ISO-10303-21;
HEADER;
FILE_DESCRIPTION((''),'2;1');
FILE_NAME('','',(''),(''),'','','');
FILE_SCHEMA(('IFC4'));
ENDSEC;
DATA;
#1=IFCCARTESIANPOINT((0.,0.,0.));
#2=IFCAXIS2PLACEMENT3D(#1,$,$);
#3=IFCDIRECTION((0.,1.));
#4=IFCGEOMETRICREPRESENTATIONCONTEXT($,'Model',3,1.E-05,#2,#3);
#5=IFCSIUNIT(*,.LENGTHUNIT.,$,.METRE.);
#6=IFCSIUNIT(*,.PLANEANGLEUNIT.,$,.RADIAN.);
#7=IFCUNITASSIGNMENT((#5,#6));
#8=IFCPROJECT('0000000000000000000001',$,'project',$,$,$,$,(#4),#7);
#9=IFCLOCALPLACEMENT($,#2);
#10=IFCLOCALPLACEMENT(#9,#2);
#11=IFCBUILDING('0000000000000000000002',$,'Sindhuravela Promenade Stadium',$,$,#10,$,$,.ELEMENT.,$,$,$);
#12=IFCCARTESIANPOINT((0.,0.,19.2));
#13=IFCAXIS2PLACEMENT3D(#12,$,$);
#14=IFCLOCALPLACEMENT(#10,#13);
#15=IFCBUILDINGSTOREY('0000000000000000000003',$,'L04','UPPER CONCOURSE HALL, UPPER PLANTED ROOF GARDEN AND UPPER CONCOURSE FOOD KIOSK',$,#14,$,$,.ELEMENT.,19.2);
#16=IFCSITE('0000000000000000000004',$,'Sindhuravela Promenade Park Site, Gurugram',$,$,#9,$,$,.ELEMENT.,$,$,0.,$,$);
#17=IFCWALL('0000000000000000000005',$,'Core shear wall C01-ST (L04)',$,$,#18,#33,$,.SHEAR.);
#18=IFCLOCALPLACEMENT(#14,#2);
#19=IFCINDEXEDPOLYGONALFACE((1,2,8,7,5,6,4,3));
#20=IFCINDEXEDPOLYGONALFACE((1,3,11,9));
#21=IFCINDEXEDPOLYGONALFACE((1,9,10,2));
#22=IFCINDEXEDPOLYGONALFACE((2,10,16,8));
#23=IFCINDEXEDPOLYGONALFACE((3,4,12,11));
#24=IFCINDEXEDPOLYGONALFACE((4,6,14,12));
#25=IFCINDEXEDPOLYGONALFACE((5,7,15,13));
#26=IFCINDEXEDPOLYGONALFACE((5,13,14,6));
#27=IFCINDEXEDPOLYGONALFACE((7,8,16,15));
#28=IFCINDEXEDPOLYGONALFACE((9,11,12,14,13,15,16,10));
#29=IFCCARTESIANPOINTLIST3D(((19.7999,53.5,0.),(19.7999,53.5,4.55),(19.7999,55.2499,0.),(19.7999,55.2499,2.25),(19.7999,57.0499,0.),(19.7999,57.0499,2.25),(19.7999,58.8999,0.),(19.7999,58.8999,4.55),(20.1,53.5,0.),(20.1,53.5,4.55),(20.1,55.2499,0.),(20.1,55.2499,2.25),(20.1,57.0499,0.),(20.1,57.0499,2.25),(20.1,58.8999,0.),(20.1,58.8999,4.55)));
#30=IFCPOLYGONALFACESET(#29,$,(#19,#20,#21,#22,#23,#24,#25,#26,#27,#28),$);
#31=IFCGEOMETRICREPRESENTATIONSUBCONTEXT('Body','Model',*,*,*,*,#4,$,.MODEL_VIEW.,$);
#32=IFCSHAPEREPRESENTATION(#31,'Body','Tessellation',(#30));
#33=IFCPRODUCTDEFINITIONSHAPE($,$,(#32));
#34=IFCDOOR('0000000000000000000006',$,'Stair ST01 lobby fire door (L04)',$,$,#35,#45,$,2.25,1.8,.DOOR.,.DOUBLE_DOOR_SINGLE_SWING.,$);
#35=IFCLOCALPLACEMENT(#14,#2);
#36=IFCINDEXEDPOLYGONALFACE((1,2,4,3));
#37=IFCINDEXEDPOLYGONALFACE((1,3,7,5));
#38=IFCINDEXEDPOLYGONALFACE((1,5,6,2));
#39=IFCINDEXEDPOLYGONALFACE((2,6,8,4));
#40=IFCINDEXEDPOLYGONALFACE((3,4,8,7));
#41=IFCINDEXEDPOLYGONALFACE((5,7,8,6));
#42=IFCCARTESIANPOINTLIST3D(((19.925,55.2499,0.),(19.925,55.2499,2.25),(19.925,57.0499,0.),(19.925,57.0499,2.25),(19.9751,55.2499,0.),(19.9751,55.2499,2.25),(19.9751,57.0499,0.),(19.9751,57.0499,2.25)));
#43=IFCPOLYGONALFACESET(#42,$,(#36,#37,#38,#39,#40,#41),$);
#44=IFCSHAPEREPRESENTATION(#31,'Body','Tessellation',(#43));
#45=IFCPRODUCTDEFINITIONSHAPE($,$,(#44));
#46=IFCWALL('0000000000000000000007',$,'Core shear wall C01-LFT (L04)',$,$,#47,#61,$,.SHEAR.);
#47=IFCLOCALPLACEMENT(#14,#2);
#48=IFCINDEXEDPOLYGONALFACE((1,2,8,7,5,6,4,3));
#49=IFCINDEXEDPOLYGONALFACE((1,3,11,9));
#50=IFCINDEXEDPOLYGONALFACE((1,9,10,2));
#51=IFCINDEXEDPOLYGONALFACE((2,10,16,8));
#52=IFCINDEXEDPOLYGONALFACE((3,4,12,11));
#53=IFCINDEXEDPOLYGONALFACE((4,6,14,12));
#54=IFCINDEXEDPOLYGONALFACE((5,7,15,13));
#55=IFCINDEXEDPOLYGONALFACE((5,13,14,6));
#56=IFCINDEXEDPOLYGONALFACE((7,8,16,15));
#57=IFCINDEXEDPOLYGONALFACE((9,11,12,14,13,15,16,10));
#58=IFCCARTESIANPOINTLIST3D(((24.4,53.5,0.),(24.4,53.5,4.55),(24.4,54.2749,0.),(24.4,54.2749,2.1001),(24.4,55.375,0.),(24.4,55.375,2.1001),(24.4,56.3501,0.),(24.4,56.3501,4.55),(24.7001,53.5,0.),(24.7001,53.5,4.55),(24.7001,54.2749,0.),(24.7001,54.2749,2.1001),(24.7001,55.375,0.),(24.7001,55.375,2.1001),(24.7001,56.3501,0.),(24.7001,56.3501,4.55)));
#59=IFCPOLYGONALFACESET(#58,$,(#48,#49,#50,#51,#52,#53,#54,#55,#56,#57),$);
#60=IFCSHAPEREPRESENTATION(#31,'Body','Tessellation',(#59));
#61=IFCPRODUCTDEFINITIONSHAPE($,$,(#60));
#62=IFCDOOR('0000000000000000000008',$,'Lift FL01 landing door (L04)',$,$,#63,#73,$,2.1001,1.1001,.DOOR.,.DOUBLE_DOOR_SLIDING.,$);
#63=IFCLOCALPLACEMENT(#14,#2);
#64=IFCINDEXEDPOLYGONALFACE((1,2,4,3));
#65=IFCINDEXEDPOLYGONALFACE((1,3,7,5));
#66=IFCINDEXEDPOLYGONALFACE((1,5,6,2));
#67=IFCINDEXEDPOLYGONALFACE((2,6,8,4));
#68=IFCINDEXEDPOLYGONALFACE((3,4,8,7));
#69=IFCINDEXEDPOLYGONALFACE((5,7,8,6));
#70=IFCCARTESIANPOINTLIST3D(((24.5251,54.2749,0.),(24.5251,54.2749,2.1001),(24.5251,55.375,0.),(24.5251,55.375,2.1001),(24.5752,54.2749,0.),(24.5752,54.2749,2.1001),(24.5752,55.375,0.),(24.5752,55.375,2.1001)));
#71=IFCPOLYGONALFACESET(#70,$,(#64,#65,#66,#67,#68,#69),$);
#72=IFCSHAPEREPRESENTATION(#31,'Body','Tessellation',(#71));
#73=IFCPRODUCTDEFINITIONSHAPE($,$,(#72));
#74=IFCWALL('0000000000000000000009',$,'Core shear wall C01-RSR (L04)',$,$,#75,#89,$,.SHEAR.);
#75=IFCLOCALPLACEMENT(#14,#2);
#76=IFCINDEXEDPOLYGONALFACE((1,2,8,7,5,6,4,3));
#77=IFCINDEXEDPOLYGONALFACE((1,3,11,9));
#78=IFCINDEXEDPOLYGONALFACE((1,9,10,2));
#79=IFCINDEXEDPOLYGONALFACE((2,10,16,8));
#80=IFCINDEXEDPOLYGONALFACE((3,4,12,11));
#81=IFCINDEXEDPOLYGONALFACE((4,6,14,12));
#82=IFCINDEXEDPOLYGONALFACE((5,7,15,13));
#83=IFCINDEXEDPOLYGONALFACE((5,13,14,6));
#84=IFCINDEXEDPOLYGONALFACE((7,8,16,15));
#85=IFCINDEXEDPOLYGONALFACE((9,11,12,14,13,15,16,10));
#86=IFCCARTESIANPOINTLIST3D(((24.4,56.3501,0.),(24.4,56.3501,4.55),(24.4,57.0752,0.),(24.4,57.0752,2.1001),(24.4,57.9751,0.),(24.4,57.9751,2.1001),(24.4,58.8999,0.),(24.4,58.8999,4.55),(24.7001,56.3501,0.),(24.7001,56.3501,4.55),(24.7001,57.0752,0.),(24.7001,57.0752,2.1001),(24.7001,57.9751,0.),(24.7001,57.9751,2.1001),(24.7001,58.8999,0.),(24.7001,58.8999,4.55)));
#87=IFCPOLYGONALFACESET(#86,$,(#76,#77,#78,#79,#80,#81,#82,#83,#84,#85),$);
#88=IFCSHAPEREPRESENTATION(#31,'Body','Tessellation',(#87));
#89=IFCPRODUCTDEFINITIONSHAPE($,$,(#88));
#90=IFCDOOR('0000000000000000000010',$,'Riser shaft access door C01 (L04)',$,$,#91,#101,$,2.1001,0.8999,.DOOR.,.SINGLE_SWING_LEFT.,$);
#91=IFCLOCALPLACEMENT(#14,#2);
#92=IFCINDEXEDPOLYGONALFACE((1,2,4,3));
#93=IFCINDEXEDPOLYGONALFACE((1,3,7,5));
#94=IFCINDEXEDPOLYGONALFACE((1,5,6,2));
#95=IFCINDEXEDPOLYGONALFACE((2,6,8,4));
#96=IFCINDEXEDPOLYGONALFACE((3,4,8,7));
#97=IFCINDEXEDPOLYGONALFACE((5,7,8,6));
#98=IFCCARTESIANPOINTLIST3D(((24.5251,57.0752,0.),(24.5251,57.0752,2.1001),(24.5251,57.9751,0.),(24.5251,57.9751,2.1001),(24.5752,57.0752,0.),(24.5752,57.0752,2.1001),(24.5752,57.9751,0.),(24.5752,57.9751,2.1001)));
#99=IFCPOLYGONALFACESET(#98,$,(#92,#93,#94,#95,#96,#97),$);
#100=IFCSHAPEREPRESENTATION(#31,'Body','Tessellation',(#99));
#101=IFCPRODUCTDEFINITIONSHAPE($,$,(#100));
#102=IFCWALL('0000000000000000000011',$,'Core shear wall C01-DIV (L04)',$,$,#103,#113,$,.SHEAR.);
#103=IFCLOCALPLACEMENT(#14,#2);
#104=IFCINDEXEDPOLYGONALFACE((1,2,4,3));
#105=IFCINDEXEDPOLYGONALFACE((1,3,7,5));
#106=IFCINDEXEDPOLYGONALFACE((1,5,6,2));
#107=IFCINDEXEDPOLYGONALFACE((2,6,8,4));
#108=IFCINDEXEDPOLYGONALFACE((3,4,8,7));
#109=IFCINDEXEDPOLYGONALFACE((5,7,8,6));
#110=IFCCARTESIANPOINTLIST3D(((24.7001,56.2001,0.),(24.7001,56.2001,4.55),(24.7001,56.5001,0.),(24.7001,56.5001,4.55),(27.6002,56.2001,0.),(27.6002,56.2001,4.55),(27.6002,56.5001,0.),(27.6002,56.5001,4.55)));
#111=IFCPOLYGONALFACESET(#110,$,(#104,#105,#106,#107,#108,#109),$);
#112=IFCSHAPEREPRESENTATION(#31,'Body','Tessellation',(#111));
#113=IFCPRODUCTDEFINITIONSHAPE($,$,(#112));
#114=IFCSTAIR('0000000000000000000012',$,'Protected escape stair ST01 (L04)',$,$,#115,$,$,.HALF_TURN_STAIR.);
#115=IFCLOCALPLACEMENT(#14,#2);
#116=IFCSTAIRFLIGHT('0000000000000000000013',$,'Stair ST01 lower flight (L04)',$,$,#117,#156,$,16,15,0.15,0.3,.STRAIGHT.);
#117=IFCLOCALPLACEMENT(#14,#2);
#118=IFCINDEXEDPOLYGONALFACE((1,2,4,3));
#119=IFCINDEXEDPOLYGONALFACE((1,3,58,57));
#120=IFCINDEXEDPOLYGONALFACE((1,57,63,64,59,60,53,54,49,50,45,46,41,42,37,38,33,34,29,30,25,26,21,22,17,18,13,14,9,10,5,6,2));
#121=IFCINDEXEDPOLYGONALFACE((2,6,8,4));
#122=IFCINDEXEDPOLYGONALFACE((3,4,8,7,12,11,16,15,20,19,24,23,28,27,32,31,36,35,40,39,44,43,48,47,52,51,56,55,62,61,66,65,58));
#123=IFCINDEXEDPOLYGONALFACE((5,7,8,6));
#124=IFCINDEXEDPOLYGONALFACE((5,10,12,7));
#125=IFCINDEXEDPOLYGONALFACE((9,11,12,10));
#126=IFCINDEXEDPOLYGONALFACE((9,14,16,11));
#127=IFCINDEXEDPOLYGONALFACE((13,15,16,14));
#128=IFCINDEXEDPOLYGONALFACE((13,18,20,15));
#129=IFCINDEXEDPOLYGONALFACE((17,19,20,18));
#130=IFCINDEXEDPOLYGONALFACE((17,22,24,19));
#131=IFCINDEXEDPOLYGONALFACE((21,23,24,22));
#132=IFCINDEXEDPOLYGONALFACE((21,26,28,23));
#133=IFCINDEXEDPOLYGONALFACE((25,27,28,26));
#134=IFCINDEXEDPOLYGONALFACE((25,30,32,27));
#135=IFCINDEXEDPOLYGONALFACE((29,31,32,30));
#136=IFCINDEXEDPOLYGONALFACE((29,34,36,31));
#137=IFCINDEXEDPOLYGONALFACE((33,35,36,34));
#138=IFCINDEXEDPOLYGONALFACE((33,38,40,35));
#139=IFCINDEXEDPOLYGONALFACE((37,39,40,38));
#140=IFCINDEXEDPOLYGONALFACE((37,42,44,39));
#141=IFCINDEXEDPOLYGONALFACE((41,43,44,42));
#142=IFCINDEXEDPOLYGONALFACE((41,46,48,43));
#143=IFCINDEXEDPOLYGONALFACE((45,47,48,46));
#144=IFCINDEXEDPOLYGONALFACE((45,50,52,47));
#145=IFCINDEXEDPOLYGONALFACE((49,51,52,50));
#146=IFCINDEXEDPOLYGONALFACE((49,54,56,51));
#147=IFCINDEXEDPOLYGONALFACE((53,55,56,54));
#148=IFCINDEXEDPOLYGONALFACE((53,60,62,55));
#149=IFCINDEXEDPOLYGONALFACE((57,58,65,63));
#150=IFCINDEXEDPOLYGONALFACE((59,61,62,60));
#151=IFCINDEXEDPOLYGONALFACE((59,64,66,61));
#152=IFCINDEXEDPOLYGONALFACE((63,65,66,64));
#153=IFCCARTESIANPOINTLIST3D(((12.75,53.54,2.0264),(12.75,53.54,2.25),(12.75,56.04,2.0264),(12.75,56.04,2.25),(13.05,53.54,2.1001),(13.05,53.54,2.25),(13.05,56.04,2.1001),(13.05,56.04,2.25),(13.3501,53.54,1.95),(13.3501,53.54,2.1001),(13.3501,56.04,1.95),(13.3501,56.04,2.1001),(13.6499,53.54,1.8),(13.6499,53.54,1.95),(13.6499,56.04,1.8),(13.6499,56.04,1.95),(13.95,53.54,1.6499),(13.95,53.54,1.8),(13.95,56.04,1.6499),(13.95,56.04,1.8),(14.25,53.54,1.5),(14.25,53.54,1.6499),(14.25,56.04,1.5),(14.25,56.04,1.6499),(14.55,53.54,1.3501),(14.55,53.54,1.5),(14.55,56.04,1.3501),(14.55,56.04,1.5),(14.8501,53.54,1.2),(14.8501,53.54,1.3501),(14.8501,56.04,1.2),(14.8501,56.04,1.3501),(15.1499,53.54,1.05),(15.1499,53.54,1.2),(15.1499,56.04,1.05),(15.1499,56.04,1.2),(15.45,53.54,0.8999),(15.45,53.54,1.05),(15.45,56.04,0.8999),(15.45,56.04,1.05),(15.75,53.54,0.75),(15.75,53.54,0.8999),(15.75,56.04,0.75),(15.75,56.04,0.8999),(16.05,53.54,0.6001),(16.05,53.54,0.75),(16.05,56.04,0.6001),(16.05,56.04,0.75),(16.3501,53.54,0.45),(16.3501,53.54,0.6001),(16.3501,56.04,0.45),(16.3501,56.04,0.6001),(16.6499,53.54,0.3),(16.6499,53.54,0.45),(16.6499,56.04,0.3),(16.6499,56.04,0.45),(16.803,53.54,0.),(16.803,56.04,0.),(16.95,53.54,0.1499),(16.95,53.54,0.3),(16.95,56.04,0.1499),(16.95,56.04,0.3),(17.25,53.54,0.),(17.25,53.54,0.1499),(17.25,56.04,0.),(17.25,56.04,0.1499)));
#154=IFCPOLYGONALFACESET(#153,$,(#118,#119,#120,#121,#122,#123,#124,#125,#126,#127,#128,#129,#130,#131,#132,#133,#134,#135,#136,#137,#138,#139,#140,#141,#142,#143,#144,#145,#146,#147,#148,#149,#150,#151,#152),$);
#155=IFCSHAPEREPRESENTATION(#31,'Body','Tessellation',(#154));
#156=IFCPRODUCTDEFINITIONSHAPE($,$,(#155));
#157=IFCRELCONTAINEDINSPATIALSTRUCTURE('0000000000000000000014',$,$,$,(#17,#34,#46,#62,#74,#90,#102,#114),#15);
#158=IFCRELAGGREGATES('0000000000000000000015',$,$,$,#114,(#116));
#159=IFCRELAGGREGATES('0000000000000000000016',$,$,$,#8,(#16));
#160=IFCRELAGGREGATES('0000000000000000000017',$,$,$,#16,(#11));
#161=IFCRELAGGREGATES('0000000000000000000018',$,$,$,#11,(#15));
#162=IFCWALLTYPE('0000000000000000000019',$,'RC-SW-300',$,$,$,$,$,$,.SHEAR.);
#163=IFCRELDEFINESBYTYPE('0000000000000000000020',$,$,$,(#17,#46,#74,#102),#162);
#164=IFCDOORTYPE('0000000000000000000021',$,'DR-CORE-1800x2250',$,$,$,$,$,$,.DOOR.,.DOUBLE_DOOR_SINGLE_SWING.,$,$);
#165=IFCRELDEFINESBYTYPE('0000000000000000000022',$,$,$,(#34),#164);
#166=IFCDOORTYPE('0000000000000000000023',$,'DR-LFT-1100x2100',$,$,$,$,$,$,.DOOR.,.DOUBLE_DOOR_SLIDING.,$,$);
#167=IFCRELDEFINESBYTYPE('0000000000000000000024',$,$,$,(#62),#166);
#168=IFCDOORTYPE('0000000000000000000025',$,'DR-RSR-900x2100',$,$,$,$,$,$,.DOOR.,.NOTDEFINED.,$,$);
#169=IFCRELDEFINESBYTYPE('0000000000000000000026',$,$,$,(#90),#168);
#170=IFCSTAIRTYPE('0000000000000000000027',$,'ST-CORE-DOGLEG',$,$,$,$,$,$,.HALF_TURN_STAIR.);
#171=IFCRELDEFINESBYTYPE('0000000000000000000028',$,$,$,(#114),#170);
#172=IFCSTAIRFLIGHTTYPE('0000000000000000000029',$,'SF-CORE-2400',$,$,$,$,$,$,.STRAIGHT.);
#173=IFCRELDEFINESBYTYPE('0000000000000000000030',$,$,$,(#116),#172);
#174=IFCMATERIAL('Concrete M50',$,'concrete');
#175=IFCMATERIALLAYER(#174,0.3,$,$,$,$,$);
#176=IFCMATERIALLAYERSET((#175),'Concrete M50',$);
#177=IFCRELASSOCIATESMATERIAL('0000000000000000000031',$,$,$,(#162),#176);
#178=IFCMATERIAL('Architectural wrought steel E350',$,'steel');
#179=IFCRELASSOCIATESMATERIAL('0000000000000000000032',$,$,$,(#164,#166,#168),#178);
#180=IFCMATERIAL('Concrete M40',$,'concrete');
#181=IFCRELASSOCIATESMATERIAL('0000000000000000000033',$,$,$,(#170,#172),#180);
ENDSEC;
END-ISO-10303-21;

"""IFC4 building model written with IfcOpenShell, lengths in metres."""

from ifc_helpers import new_model, si_unit, direction, frame, frame_2d, origin, place, context, subcontext, project, spatial, polyline, rectangle, outline, extrude, material, layer, layer_set, type_object, element, fill, aggregate, save


model = new_model("IFC4")

# Units and contexts
model_context = context("Model", 3, precision=1e-05, world=origin(), true_north=direction((0.0, 1.0)))
body_context = subcontext(model_context, "Body", "Model", "MODEL_VIEW")
ifc_project = project(units=[si_unit("LENGTHUNIT", "METRE"), si_unit("PLANEANGLEUNIT", "RADIAN")], contexts=[model_context])

# Site, building, storey
site_placement = place(None, origin())
site = spatial("IfcSite", under=ifc_project, at=site_placement, Name="Sindhuravela Promenade Park Site, Gurugram", CompositionType="ELEMENT", RefElevation=0.0)
building_placement = place(site_placement, origin())
building = spatial("IfcBuilding", under=site, at=building_placement, Name="Sindhuravela Promenade Stadium", CompositionType="ELEMENT")
storey_placement = place(building_placement, frame((0.0, 0.0, 19.2)))
storey = spatial("IfcBuildingStorey", under=building, at=storey_placement, Name="L04", Description="UPPER CONCOURSE HALL, UPPER PLANTED ROOF GARDEN AND UPPER CONCOURSE FOOD KIOSK", CompositionType="ELEMENT", Elevation=19.2)

# Shared definitions
ifc_material_1 = material(Name="Concrete M40", Category="concrete")

# Shared definitions
ifc_material_2 = material(Name="Concrete M50", Category="concrete")

# Walls, openings, doors
ifc_layer_1 = layer(ifc_material_2, 0.3)
ifc_layer_set_1 = layer_set([ifc_layer_1], Name="Concrete M50")
wall_type_1 = type_object("IfcWallType", Name="RC-SW-300", PredefinedType="SHEAR", material=ifc_layer_set_1)
wall_1_placement = place(storey_placement, frame((19.95, 53.5, 0.0), z_axis=(0.0, 0.0, 1.0), x_axis=(0.0, 1.0, 0.0)))
wall_1 = element("IfcWall", 1, at=wall_1_placement, inside=storey, type_object=wall_type_1, Name="Core shear wall C01-ST (L04)", PredefinedType="SHEAR", context=body_context, shape_type="SweptSolid", body=[
    extrude(rectangle(XDim=5.3999, YDim=0.3, at=frame_2d((2.7, 0.0))), origin(), (0.0, 0.0, 1.0), 4.55),
])
opening_1_placement = place(wall_1_placement, frame((1.75, 0.0, 0.0)))
opening_1 = element("IfcOpeningElement", 2, at=opening_1_placement, cuts=wall_1, PredefinedType="OPENING", context=body_context, shape_type="SweptSolid", body=[
    extrude(rectangle(XDim=1.8, YDim=2.25, at=frame_2d((0.8999, 1.125))), frame((0.0, 0.1599, 0.0), z_axis=(0.0, -1.0, 0.0), x_axis=(1.0, 0.0, 0.0)), (0.0, 0.0, 1.0), 0.3201),
])
ifc_material_3 = material(Name="Architectural wrought steel E350", Category="steel")
door_type_1 = type_object("IfcDoorType", Name="DR-CORE-1800x2250", OperationType="DOUBLE_DOOR_SINGLE_SWING", PredefinedType="DOOR", material=ifc_material_3)
door_1_placement = place(opening_1_placement, origin())
door_1 = element("IfcDoor", 3, at=door_1_placement, inside=storey, type_object=door_type_1, Name="Stair ST01 lobby fire door (L04)", OperationType="DOUBLE_DOOR_SINGLE_SWING", OverallHeight=2.25, OverallWidth=1.8, PredefinedType="DOOR", context=body_context, shape_type="SweptSolid", body=[
    extrude(rectangle(XDim=1.8, YDim=2.25, at=frame_2d((0.8999, 1.125))), frame((0.0, 0.0249, 0.0), z_axis=(0.0, -1.0, 0.0), x_axis=(1.0, 0.0, 0.0)), (0.0, 0.0, 1.0), 0.05),
])
fill(opening_1, door_1)
wall_2_placement = place(storey_placement, frame((24.55, 53.5, 0.0), z_axis=(0.0, 0.0, 1.0), x_axis=(0.0, 1.0, 0.0)))
wall_2 = element("IfcWall", 4, at=wall_2_placement, inside=storey, type_object=wall_type_1, Name="Core shear wall C01-LFT (L04)", PredefinedType="SHEAR", context=body_context, shape_type="SweptSolid", body=[
    extrude(rectangle(XDim=2.8501, YDim=0.3, at=frame_2d((1.425, 0.0))), origin(), (0.0, 0.0, 1.0), 4.55),
])
opening_2_placement = place(wall_2_placement, frame((0.7749, 0.0, 0.0)))
opening_2 = element("IfcOpeningElement", 5, at=opening_2_placement, cuts=wall_2, PredefinedType="OPENING", context=body_context, shape_type="SweptSolid", body=[
    extrude(rectangle(XDim=1.1001, YDim=2.1001, at=frame_2d((0.55, 1.05))), frame((0.0, 0.1599, 0.0), z_axis=(0.0, -1.0, 0.0), x_axis=(1.0, 0.0, 0.0)), (0.0, 0.0, 1.0), 0.3201),
])
door_type_2 = type_object("IfcDoorType", Name="DR-LFT-1100x2100", OperationType="DOUBLE_DOOR_SLIDING", PredefinedType="DOOR", material=ifc_material_3)
door_2_placement = place(opening_2_placement, origin())
door_2 = element("IfcDoor", 6, at=door_2_placement, inside=storey, type_object=door_type_2, Name="Lift FL01 landing door (L04)", OperationType="DOUBLE_DOOR_SLIDING", OverallHeight=2.1001, OverallWidth=1.1001, PredefinedType="DOOR", context=body_context, shape_type="SweptSolid", body=[
    extrude(rectangle(XDim=1.1001, YDim=2.1001, at=frame_2d((0.55, 1.05))), frame((0.0, 0.0249, 0.0), z_axis=(0.0, -1.0, 0.0), x_axis=(1.0, 0.0, 0.0)), (0.0, 0.0, 1.0), 0.05),
])
fill(opening_2, door_2)
wall_3_placement = place(storey_placement, frame((24.55, 56.3501, 0.0), z_axis=(0.0, 0.0, 1.0), x_axis=(0.0, 1.0, 0.0)))
wall_3 = element("IfcWall", 7, at=wall_3_placement, inside=storey, type_object=wall_type_1, Name="Core shear wall C01-RSR (L04)", PredefinedType="SHEAR", context=body_context, shape_type="SweptSolid", body=[
    extrude(rectangle(XDim=2.5498, YDim=0.3, at=frame_2d((1.2749, 0.0))), origin(), (0.0, 0.0, 1.0), 4.55),
])
opening_3_placement = place(wall_3_placement, frame((0.7251, 0.0, 0.0)))
opening_3 = element("IfcOpeningElement", 8, at=opening_3_placement, cuts=wall_3, PredefinedType="OPENING", context=body_context, shape_type="SweptSolid", body=[
    extrude(rectangle(XDim=0.8999, YDim=2.1001, at=frame_2d((0.45, 1.05))), frame((0.0, 0.1599, 0.0), z_axis=(0.0, -1.0, 0.0), x_axis=(1.0, 0.0, 0.0)), (0.0, 0.0, 1.0), 0.3201),
])
door_type_3 = type_object("IfcDoorType", Name="DR-RSR-900x2100", OperationType="NOTDEFINED", PredefinedType="DOOR", material=ifc_material_3)
door_3_placement = place(opening_3_placement, origin())
door_3 = element("IfcDoor", 9, at=door_3_placement, inside=storey, type_object=door_type_3, Name="Riser shaft access door C01 (L04)", OperationType="SINGLE_SWING_LEFT", OverallHeight=2.1001, OverallWidth=0.8999, PredefinedType="DOOR", context=body_context, shape_type="SweptSolid", body=[
    extrude(rectangle(XDim=0.8999, YDim=2.1001, at=frame_2d((0.45, 1.05))), frame((0.0, 0.0249, 0.0), z_axis=(0.0, -1.0, 0.0), x_axis=(1.0, 0.0, 0.0)), (0.0, 0.0, 1.0), 0.05),
])
fill(opening_3, door_3)

# Wall
wall_4_placement = place(storey_placement, frame((24.7, 56.3501, 0.0), z_axis=(0.0, 0.0, 1.0), x_axis=(1.0, 0.0, 0.0)))
element("IfcWall", 10, at=wall_4_placement, inside=storey, type_object=wall_type_1, Name="Core shear wall C01-DIV (L04)", PredefinedType="SHEAR", context=body_context, shape_type="SweptSolid", body=[
    extrude(rectangle(XDim=2.9001, YDim=0.3, at=frame_2d((1.4502, 0.0))), origin(), (0.0, 0.0, 1.0), 4.55),
])

# Stair, stair flight
stair_type = type_object("IfcStairType", Name="ST-CORE-DOGLEG", PredefinedType="HALF_TURN_STAIR", material=ifc_material_1)
stair_placement = place(storey_placement, origin())
stair = element("IfcStair", 11, at=stair_placement, inside=storey, type_object=stair_type, Name="Protected escape stair ST01 (L04)", PredefinedType="HALF_TURN_STAIR")
stair_flight_type = type_object("IfcStairFlightType", Name="SF-CORE-2400", PredefinedType="STRAIGHT", material=ifc_material_1)
stair_flight_placement = place(storey_placement, frame((17.25, 54.79, 0.0), z_axis=(0.0, 0.0, 1.0), x_axis=(-1.0, 0.0, 0.0)))
stair_flight = element("IfcStairFlight", 12, at=stair_flight_placement, type_object=stair_flight_type, Name="Stair ST01 lower flight (L04)", NumberOfRisers=16, NumberOfTreads=15, PredefinedType="STRAIGHT", RiserHeight=0.15, TreadLength=0.3, context=body_context, shape_type="SweptSolid", body=[
    extrude(outline(polyline([(0.0, 0.0), (0.0, 0.1499), (0.3, 0.1499), (0.3, 0.3), (0.6001, 0.3), (0.6001, 0.45), (0.8999, 0.45), (0.8999, 0.6001), (1.2, 0.6001), (1.2, 0.75), (1.5, 0.75), (1.5, 0.8999), (1.8, 0.8999), (1.8, 1.05), (2.1001, 1.05), (2.1001, 1.2), (2.3999, 1.2), (2.3999, 1.3501), (2.7, 1.3501), (2.7, 1.5), (3.0, 1.5), (3.0, 1.6499), (3.3, 1.6499), (3.3, 1.8), (3.6001, 1.8), (3.6001, 1.95), (3.8999, 1.95), (3.8999, 2.1001), (4.2, 2.1001), (4.2, 2.25), (4.5, 2.25), (4.5, 2.3999), (4.5, 2.0264), (0.447, 0.0), (0.0, 0.0)])), frame((0.0, 1.25, 0.0), z_axis=(0.0, -1.0, 0.0), x_axis=(1.0, 0.0, 0.0)), (0.0, 0.0, 1.0), 2.5),
])
aggregate(stair, [stair_flight])

save(model, "model.ifc")
